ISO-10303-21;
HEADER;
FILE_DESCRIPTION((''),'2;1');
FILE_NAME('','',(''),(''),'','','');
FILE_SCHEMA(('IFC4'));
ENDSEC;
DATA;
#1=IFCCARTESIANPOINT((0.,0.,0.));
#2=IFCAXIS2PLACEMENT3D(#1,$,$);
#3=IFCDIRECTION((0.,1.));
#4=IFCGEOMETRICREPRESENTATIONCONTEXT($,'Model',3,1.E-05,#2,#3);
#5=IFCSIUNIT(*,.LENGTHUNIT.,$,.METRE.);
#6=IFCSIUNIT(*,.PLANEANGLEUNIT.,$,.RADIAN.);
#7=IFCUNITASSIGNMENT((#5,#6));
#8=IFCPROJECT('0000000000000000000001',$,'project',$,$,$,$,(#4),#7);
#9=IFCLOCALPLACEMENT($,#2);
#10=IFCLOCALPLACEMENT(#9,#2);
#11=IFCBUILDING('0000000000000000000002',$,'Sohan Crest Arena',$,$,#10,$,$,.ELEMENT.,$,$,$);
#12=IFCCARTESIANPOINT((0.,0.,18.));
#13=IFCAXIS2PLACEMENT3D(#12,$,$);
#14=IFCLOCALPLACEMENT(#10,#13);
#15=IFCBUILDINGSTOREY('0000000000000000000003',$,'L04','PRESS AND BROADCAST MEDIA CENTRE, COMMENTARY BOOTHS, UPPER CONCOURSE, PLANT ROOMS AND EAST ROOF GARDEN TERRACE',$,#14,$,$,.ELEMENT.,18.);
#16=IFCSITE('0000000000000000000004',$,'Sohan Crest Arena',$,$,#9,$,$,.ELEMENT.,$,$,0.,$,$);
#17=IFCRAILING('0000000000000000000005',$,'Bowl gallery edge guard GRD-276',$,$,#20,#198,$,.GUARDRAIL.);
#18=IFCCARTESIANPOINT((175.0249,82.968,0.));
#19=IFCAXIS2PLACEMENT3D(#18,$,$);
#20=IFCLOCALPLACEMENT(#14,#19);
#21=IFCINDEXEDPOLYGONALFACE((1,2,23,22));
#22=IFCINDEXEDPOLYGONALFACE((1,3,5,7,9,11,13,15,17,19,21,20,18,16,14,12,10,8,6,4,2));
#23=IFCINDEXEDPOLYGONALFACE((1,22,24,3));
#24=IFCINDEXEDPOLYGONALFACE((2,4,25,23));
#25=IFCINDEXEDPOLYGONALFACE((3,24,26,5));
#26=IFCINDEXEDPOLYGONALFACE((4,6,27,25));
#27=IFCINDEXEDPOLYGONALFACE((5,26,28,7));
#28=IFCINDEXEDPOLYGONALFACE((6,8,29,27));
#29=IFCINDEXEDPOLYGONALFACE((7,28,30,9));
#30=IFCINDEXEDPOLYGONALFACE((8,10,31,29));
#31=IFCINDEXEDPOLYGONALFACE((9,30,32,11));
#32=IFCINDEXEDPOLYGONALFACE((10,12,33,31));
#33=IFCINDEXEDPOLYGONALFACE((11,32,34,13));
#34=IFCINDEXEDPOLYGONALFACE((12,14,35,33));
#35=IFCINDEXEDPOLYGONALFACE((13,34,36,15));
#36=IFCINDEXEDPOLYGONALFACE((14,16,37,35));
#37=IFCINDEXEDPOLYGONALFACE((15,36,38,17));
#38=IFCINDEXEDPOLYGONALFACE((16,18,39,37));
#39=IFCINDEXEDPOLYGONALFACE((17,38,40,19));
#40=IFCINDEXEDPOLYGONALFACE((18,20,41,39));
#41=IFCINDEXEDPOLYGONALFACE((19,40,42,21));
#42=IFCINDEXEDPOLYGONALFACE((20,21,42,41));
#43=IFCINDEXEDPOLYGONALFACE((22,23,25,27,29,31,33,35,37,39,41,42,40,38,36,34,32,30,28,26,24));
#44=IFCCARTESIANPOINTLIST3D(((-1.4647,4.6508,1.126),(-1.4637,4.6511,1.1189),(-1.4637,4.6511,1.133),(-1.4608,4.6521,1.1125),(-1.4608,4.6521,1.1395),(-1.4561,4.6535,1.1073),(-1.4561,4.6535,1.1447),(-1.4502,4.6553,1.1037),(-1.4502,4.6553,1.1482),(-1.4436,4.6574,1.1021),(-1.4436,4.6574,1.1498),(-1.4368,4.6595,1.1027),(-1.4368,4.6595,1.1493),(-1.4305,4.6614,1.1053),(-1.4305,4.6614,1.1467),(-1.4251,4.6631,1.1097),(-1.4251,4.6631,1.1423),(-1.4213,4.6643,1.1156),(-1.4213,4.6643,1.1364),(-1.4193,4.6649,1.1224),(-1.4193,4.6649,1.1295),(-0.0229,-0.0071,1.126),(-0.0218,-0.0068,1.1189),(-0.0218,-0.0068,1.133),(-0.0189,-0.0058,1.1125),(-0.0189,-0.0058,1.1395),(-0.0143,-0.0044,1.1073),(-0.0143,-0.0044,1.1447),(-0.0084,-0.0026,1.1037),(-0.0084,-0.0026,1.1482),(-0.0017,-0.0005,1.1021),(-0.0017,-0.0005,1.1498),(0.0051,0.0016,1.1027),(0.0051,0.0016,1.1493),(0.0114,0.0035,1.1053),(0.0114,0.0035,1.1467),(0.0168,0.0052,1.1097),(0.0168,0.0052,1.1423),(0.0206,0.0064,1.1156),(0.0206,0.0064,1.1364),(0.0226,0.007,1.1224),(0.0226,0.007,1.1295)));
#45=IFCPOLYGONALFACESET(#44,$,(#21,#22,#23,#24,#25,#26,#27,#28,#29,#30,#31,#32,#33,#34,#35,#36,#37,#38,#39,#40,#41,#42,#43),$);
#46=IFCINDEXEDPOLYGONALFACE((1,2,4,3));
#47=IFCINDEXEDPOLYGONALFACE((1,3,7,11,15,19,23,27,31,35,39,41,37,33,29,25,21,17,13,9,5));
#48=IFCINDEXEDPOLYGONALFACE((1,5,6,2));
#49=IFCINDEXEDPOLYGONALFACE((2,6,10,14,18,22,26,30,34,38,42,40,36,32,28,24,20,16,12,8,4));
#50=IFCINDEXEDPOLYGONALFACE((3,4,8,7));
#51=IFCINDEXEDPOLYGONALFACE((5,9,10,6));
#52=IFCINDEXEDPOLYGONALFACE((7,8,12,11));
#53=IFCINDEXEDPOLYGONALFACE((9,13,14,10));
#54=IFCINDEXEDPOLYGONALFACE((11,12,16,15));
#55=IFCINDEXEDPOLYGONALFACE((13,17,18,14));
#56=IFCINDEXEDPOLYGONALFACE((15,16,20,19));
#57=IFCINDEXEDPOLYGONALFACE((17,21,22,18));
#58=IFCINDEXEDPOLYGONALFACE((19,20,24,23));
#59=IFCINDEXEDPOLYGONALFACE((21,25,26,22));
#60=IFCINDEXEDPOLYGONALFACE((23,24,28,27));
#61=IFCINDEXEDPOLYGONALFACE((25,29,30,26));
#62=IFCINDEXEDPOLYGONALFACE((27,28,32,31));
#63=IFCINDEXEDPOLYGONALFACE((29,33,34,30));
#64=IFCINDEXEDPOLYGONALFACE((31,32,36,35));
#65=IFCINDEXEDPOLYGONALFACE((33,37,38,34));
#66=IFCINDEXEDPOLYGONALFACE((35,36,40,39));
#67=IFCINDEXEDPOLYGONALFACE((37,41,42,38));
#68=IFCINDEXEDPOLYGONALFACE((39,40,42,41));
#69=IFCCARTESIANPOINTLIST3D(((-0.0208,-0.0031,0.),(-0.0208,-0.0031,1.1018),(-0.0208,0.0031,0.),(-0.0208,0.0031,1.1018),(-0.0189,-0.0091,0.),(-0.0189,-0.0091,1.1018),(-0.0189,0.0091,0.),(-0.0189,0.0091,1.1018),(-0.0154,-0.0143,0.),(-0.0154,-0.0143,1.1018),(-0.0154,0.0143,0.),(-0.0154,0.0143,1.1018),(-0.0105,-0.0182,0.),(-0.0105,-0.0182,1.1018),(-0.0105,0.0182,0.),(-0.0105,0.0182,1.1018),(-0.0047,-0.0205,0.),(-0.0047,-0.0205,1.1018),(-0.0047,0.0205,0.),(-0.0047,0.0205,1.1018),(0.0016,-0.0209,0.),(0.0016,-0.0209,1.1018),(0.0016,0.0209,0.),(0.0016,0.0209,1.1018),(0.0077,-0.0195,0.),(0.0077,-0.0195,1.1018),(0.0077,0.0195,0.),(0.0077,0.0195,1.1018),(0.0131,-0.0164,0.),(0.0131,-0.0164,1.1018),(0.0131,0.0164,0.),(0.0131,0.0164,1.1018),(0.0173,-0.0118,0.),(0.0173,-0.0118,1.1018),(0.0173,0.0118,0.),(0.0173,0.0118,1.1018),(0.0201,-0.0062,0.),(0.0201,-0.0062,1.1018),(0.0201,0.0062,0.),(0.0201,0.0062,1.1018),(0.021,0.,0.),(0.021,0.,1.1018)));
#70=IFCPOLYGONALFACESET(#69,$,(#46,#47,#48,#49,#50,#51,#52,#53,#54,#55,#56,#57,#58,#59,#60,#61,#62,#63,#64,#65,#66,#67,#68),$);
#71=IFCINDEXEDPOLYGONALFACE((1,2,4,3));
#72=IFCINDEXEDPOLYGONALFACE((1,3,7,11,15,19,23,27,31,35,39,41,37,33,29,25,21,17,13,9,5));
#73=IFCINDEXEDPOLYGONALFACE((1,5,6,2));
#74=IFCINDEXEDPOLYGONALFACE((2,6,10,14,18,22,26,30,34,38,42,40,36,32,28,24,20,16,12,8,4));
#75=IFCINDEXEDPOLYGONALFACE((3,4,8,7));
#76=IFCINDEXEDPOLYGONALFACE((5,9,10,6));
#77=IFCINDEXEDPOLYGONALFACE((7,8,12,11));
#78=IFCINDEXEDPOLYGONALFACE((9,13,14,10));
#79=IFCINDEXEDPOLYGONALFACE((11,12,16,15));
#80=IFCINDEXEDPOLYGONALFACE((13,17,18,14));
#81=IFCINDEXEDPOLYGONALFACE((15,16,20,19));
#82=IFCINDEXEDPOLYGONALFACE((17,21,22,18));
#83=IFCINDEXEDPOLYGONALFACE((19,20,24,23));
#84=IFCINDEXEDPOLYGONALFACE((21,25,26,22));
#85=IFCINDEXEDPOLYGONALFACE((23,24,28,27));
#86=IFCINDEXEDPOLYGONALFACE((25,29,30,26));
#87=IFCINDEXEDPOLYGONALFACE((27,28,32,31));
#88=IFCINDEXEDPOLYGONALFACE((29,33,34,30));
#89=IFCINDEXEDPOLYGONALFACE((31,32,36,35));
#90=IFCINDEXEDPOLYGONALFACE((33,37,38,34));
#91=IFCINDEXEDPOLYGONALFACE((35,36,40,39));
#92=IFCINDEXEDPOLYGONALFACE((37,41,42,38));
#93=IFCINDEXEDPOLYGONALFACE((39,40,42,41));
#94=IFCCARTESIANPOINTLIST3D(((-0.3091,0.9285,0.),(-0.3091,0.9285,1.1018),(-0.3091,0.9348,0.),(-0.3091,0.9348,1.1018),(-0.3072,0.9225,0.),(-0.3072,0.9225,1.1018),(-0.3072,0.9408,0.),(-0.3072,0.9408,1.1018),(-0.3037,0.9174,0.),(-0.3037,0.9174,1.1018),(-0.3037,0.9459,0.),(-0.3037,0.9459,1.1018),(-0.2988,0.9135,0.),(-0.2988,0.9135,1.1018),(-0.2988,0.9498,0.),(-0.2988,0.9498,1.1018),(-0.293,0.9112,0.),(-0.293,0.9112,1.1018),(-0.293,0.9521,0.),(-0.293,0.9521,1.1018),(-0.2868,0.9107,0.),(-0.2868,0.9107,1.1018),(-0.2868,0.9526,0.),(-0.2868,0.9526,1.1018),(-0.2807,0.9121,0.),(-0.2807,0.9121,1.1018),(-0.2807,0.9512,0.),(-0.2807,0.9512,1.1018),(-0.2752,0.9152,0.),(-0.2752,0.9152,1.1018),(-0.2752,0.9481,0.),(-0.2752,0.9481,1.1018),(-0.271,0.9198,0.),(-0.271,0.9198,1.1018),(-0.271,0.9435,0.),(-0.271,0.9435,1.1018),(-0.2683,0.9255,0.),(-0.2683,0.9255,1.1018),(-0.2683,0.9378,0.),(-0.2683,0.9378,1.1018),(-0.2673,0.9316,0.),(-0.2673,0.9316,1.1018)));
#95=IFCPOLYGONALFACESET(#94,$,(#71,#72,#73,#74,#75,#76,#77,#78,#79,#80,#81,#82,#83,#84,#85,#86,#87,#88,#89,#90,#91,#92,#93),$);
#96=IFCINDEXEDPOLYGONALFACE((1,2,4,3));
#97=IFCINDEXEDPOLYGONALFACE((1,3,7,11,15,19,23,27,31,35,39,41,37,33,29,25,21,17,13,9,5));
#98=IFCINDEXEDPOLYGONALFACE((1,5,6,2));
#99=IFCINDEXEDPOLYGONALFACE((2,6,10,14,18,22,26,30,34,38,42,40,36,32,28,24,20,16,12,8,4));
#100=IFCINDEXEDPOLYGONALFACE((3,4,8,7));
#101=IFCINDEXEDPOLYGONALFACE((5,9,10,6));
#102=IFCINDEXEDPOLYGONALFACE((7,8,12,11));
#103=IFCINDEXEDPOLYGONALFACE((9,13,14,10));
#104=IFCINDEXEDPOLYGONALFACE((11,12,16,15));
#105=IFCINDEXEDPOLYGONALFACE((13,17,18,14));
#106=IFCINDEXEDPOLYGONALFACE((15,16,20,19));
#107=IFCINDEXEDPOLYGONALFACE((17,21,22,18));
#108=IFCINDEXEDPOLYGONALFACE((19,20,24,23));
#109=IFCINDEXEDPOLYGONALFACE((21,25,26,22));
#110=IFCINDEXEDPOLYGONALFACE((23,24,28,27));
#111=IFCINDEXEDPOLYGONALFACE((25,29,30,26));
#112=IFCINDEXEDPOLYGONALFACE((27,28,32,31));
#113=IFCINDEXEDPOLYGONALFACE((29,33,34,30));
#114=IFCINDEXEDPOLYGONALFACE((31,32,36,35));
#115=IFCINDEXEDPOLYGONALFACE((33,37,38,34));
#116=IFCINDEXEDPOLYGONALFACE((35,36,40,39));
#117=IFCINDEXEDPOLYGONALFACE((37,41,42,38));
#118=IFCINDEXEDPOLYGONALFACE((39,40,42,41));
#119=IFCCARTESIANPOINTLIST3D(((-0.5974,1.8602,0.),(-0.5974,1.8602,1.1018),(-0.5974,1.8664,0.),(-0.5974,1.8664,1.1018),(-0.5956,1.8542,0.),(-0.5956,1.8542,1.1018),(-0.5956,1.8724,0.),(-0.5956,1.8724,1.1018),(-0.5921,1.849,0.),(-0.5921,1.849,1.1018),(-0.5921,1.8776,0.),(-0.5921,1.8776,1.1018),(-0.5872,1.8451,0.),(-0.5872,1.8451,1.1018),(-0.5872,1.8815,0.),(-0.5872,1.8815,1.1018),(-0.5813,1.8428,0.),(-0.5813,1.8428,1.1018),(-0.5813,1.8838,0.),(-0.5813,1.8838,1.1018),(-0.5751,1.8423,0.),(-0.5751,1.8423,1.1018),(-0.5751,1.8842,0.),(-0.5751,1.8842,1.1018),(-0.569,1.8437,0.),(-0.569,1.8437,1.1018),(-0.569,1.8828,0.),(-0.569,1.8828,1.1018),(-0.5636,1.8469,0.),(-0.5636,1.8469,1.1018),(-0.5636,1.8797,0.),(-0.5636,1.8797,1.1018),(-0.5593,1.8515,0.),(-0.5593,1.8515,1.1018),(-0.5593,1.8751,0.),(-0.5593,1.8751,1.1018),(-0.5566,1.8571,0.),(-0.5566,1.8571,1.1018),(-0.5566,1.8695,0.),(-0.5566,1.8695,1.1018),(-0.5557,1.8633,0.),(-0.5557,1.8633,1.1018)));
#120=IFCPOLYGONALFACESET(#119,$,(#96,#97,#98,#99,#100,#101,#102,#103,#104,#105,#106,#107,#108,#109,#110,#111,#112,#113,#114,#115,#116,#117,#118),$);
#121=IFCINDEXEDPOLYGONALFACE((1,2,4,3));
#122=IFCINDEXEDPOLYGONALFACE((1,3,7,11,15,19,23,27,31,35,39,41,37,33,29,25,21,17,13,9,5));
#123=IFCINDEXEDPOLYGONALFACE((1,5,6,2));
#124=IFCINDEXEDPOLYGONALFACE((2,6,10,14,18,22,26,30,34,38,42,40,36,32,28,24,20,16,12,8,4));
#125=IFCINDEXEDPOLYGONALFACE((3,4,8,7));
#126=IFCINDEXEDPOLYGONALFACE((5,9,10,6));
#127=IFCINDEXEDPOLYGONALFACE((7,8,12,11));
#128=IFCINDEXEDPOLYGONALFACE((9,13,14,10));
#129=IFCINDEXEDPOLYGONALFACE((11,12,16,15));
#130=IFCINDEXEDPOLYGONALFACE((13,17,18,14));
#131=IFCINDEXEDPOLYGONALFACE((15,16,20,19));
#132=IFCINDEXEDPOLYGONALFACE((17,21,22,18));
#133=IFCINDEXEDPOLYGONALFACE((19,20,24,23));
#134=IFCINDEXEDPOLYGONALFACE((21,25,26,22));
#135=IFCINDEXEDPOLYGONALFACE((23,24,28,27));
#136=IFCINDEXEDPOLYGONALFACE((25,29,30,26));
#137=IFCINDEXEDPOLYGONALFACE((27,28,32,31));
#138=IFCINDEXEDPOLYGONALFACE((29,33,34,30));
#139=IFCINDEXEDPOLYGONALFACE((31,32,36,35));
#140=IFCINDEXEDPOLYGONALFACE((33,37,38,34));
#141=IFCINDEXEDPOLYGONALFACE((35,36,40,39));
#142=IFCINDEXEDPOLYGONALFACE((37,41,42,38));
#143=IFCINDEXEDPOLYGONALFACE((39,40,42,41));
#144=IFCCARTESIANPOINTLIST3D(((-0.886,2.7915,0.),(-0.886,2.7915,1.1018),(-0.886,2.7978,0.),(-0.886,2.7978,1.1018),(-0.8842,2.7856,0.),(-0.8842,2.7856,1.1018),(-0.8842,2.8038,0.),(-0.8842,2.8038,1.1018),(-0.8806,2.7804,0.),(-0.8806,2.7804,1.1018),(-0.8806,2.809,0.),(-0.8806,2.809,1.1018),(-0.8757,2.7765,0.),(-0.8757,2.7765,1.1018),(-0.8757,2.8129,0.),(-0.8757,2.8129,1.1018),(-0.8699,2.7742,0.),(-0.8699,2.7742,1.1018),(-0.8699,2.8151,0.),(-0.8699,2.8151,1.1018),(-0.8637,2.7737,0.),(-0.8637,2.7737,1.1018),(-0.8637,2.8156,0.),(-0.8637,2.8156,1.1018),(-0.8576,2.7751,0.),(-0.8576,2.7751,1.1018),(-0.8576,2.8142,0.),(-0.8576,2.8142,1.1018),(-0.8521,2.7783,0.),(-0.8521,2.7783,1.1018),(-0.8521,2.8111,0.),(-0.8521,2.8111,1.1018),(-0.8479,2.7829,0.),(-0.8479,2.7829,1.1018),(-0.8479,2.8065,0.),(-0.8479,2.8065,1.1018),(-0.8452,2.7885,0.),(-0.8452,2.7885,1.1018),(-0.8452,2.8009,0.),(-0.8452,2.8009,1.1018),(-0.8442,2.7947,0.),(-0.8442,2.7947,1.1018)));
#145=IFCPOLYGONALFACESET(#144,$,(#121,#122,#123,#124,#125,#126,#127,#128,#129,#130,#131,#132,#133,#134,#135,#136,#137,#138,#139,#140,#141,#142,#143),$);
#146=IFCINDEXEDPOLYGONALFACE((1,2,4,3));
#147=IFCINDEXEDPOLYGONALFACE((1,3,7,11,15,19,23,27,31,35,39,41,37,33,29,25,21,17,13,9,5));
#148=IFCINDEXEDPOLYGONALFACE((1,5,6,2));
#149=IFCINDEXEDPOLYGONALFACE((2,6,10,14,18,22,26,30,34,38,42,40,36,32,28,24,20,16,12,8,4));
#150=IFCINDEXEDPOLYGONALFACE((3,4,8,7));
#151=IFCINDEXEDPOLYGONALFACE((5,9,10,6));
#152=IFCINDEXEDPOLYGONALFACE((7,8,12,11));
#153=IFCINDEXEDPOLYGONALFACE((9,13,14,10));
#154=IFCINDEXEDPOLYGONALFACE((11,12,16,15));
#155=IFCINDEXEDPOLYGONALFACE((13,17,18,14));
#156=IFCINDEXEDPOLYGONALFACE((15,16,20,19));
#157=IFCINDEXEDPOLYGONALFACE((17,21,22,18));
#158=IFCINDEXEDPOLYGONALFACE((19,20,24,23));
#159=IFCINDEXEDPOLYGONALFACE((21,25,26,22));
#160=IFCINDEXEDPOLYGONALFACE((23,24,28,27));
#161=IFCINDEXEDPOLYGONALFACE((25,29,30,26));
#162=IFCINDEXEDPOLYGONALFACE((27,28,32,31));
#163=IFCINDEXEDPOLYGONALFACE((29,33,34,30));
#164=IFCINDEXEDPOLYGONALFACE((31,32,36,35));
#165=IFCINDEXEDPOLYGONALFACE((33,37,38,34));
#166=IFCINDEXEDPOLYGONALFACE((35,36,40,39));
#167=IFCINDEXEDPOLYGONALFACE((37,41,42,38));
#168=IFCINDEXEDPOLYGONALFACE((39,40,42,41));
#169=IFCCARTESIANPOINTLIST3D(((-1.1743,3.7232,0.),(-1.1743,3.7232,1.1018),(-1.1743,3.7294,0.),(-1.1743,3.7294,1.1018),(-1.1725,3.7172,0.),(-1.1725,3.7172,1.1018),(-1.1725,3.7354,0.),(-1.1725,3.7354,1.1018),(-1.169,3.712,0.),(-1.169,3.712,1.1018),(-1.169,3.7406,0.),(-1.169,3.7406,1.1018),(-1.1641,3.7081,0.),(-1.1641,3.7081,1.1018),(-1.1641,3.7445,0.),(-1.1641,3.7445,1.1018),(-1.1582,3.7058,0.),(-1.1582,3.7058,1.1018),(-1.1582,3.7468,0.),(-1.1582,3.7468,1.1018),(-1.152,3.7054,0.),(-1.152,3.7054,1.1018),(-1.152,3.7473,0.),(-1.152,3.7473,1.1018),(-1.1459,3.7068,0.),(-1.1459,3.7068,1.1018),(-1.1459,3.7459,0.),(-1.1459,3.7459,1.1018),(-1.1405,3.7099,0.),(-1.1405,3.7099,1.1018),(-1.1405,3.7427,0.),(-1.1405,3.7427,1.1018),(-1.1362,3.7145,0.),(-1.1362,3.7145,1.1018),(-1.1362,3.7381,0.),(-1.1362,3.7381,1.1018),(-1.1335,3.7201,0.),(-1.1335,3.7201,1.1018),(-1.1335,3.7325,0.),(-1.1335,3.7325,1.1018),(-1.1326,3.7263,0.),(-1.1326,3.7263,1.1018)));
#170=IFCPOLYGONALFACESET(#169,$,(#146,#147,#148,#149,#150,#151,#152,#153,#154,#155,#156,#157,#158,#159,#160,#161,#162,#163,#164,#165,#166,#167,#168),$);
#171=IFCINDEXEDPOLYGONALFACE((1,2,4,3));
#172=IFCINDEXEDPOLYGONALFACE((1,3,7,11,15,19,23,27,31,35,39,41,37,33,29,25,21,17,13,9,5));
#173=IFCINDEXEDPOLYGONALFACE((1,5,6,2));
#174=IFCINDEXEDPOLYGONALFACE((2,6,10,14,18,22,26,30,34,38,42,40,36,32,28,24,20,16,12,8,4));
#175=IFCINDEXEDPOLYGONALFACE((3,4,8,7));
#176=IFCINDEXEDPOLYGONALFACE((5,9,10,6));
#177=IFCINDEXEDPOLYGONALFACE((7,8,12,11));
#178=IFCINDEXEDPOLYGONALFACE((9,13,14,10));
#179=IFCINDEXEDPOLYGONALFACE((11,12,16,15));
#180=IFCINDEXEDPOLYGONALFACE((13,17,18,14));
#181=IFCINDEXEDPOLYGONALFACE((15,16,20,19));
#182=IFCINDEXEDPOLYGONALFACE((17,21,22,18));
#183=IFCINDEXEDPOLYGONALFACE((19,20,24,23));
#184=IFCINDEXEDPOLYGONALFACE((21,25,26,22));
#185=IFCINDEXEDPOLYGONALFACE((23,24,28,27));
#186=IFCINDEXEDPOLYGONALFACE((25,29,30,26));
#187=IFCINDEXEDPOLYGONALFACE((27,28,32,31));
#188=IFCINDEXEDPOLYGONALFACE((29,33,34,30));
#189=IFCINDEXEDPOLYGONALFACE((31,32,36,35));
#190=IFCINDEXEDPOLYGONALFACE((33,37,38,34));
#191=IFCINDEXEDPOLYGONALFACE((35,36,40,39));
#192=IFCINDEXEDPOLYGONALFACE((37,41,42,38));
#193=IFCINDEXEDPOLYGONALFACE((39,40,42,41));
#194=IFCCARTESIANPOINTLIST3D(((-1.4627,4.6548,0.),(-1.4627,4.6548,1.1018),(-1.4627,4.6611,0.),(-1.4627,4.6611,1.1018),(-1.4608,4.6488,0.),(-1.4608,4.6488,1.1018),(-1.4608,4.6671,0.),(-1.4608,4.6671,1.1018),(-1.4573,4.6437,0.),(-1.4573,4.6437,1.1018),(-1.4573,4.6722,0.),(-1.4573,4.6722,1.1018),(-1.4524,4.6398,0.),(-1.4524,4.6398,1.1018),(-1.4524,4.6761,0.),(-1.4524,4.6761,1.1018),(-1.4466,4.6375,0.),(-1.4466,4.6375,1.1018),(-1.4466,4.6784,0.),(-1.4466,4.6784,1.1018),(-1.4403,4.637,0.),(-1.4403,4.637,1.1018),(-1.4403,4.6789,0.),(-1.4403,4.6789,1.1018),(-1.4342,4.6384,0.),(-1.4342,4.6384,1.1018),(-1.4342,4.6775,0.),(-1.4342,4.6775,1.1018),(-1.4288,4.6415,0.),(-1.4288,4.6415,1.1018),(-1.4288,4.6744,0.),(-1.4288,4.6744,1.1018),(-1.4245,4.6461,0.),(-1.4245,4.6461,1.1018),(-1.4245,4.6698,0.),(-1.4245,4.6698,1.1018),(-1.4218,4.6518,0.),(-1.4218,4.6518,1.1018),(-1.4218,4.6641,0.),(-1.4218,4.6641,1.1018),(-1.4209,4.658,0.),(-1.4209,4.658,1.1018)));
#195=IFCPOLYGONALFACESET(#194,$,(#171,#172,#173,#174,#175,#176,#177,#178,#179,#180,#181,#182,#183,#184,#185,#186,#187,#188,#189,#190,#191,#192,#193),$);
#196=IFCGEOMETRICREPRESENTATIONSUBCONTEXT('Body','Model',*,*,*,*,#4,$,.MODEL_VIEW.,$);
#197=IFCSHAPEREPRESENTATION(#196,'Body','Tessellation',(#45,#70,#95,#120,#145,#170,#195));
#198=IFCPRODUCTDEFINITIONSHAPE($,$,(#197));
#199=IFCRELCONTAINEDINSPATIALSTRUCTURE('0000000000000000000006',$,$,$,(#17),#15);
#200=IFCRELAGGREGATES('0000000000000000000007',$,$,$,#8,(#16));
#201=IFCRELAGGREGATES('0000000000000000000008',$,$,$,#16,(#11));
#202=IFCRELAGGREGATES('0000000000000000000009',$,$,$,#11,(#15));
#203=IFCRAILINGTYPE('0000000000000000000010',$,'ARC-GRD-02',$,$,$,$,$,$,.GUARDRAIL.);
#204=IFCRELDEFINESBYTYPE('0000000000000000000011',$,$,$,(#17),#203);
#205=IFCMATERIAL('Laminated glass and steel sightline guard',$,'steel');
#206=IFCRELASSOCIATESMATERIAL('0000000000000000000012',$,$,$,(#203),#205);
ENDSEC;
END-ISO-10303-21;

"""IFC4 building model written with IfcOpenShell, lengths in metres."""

from ifc_helpers import new_model, si_unit, direction, frame, origin, origin_2d, place, context, subcontext, project, spatial, circle, extrude, material, type_object, element, save


model = new_model("IFC4")

# Units and contexts
model_context = context("Model", 3, precision=1e-05, world=origin(), true_north=direction((0.0, 1.0)))
body_context = subcontext(model_context, "Body", "Model", "MODEL_VIEW")
ifc_project = project(units=[si_unit("LENGTHUNIT", "METRE"), si_unit("PLANEANGLEUNIT", "RADIAN")], contexts=[model_context])

# Site, building, storey
site_placement = place(None, origin())
site = spatial("IfcSite", under=ifc_project, at=site_placement, Name="Sohan Crest Arena", CompositionType="ELEMENT", RefElevation=0.0)
building_placement = place(site_placement, origin())
building = spatial("IfcBuilding", under=site, at=building_placement, Name="Sohan Crest Arena", CompositionType="ELEMENT")
storey_placement = place(building_placement, frame((0.0, 0.0, 18.0)))
storey = spatial("IfcBuildingStorey", under=building, at=storey_placement, Name="L04", Description="PRESS AND BROADCAST MEDIA CENTRE, COMMENTARY BOOTHS, UPPER CONCOURSE, PLANT ROOMS AND EAST ROOF GARDEN TERRACE", CompositionType="ELEMENT", Elevation=18.0)

# Railing
ifc_material_1 = material(Name="Laminated glass and steel sightline guard", Category="steel")
railing_type = type_object("IfcRailingType", Name="ARC-GRD-02", PredefinedType="GUARDRAIL", material=ifc_material_1)
railing_1_placement = place(storey_placement, frame((175.0249, 82.968, 0.0)))
element("IfcRailing", 1, at=railing_1_placement, inside=storey, type_object=railing_type, Name="Bowl gallery edge guard GRD-276", PredefinedType="GUARDRAIL", context=body_context, shape_type="SweptSolid", body=[
    extrude(circle(Radius=0.0239, at=origin_2d()), frame((0.0, 0.0, 1.126), z_axis=(-0.295711, 0.955277, 0.0), x_axis=(-0.955277, -0.295711, 0.0)), (0.0, 0.0, 1.0), 4.876),
    extrude(circle(Radius=0.021, at=origin_2d()), origin(), (0.0, 0.0, 1.0), 1.1018),
    extrude(circle(Radius=0.021, at=origin_2d()), frame((-0.2883, 0.9316, 0.0)), (0.0, 0.0, 1.0), 1.1018),
    extrude(circle(Radius=0.021, at=origin_2d()), frame((-0.5767, 1.8633, 0.0)), (0.0, 0.0, 1.0), 1.1018),
    extrude(circle(Radius=0.021, at=origin_2d()), frame((-0.8652, 2.7947, 0.0)), (0.0, 0.0, 1.0), 1.1018),
    extrude(circle(Radius=0.021, at=origin_2d()), frame((-1.1536, 3.7263, 0.0)), (0.0, 0.0, 1.0), 1.1018),
    extrude(circle(Radius=0.021, at=origin_2d()), frame((-1.4419, 4.658, 0.0)), (0.0, 0.0, 1.0), 1.1018),
])

save(model, "model.ifc")
